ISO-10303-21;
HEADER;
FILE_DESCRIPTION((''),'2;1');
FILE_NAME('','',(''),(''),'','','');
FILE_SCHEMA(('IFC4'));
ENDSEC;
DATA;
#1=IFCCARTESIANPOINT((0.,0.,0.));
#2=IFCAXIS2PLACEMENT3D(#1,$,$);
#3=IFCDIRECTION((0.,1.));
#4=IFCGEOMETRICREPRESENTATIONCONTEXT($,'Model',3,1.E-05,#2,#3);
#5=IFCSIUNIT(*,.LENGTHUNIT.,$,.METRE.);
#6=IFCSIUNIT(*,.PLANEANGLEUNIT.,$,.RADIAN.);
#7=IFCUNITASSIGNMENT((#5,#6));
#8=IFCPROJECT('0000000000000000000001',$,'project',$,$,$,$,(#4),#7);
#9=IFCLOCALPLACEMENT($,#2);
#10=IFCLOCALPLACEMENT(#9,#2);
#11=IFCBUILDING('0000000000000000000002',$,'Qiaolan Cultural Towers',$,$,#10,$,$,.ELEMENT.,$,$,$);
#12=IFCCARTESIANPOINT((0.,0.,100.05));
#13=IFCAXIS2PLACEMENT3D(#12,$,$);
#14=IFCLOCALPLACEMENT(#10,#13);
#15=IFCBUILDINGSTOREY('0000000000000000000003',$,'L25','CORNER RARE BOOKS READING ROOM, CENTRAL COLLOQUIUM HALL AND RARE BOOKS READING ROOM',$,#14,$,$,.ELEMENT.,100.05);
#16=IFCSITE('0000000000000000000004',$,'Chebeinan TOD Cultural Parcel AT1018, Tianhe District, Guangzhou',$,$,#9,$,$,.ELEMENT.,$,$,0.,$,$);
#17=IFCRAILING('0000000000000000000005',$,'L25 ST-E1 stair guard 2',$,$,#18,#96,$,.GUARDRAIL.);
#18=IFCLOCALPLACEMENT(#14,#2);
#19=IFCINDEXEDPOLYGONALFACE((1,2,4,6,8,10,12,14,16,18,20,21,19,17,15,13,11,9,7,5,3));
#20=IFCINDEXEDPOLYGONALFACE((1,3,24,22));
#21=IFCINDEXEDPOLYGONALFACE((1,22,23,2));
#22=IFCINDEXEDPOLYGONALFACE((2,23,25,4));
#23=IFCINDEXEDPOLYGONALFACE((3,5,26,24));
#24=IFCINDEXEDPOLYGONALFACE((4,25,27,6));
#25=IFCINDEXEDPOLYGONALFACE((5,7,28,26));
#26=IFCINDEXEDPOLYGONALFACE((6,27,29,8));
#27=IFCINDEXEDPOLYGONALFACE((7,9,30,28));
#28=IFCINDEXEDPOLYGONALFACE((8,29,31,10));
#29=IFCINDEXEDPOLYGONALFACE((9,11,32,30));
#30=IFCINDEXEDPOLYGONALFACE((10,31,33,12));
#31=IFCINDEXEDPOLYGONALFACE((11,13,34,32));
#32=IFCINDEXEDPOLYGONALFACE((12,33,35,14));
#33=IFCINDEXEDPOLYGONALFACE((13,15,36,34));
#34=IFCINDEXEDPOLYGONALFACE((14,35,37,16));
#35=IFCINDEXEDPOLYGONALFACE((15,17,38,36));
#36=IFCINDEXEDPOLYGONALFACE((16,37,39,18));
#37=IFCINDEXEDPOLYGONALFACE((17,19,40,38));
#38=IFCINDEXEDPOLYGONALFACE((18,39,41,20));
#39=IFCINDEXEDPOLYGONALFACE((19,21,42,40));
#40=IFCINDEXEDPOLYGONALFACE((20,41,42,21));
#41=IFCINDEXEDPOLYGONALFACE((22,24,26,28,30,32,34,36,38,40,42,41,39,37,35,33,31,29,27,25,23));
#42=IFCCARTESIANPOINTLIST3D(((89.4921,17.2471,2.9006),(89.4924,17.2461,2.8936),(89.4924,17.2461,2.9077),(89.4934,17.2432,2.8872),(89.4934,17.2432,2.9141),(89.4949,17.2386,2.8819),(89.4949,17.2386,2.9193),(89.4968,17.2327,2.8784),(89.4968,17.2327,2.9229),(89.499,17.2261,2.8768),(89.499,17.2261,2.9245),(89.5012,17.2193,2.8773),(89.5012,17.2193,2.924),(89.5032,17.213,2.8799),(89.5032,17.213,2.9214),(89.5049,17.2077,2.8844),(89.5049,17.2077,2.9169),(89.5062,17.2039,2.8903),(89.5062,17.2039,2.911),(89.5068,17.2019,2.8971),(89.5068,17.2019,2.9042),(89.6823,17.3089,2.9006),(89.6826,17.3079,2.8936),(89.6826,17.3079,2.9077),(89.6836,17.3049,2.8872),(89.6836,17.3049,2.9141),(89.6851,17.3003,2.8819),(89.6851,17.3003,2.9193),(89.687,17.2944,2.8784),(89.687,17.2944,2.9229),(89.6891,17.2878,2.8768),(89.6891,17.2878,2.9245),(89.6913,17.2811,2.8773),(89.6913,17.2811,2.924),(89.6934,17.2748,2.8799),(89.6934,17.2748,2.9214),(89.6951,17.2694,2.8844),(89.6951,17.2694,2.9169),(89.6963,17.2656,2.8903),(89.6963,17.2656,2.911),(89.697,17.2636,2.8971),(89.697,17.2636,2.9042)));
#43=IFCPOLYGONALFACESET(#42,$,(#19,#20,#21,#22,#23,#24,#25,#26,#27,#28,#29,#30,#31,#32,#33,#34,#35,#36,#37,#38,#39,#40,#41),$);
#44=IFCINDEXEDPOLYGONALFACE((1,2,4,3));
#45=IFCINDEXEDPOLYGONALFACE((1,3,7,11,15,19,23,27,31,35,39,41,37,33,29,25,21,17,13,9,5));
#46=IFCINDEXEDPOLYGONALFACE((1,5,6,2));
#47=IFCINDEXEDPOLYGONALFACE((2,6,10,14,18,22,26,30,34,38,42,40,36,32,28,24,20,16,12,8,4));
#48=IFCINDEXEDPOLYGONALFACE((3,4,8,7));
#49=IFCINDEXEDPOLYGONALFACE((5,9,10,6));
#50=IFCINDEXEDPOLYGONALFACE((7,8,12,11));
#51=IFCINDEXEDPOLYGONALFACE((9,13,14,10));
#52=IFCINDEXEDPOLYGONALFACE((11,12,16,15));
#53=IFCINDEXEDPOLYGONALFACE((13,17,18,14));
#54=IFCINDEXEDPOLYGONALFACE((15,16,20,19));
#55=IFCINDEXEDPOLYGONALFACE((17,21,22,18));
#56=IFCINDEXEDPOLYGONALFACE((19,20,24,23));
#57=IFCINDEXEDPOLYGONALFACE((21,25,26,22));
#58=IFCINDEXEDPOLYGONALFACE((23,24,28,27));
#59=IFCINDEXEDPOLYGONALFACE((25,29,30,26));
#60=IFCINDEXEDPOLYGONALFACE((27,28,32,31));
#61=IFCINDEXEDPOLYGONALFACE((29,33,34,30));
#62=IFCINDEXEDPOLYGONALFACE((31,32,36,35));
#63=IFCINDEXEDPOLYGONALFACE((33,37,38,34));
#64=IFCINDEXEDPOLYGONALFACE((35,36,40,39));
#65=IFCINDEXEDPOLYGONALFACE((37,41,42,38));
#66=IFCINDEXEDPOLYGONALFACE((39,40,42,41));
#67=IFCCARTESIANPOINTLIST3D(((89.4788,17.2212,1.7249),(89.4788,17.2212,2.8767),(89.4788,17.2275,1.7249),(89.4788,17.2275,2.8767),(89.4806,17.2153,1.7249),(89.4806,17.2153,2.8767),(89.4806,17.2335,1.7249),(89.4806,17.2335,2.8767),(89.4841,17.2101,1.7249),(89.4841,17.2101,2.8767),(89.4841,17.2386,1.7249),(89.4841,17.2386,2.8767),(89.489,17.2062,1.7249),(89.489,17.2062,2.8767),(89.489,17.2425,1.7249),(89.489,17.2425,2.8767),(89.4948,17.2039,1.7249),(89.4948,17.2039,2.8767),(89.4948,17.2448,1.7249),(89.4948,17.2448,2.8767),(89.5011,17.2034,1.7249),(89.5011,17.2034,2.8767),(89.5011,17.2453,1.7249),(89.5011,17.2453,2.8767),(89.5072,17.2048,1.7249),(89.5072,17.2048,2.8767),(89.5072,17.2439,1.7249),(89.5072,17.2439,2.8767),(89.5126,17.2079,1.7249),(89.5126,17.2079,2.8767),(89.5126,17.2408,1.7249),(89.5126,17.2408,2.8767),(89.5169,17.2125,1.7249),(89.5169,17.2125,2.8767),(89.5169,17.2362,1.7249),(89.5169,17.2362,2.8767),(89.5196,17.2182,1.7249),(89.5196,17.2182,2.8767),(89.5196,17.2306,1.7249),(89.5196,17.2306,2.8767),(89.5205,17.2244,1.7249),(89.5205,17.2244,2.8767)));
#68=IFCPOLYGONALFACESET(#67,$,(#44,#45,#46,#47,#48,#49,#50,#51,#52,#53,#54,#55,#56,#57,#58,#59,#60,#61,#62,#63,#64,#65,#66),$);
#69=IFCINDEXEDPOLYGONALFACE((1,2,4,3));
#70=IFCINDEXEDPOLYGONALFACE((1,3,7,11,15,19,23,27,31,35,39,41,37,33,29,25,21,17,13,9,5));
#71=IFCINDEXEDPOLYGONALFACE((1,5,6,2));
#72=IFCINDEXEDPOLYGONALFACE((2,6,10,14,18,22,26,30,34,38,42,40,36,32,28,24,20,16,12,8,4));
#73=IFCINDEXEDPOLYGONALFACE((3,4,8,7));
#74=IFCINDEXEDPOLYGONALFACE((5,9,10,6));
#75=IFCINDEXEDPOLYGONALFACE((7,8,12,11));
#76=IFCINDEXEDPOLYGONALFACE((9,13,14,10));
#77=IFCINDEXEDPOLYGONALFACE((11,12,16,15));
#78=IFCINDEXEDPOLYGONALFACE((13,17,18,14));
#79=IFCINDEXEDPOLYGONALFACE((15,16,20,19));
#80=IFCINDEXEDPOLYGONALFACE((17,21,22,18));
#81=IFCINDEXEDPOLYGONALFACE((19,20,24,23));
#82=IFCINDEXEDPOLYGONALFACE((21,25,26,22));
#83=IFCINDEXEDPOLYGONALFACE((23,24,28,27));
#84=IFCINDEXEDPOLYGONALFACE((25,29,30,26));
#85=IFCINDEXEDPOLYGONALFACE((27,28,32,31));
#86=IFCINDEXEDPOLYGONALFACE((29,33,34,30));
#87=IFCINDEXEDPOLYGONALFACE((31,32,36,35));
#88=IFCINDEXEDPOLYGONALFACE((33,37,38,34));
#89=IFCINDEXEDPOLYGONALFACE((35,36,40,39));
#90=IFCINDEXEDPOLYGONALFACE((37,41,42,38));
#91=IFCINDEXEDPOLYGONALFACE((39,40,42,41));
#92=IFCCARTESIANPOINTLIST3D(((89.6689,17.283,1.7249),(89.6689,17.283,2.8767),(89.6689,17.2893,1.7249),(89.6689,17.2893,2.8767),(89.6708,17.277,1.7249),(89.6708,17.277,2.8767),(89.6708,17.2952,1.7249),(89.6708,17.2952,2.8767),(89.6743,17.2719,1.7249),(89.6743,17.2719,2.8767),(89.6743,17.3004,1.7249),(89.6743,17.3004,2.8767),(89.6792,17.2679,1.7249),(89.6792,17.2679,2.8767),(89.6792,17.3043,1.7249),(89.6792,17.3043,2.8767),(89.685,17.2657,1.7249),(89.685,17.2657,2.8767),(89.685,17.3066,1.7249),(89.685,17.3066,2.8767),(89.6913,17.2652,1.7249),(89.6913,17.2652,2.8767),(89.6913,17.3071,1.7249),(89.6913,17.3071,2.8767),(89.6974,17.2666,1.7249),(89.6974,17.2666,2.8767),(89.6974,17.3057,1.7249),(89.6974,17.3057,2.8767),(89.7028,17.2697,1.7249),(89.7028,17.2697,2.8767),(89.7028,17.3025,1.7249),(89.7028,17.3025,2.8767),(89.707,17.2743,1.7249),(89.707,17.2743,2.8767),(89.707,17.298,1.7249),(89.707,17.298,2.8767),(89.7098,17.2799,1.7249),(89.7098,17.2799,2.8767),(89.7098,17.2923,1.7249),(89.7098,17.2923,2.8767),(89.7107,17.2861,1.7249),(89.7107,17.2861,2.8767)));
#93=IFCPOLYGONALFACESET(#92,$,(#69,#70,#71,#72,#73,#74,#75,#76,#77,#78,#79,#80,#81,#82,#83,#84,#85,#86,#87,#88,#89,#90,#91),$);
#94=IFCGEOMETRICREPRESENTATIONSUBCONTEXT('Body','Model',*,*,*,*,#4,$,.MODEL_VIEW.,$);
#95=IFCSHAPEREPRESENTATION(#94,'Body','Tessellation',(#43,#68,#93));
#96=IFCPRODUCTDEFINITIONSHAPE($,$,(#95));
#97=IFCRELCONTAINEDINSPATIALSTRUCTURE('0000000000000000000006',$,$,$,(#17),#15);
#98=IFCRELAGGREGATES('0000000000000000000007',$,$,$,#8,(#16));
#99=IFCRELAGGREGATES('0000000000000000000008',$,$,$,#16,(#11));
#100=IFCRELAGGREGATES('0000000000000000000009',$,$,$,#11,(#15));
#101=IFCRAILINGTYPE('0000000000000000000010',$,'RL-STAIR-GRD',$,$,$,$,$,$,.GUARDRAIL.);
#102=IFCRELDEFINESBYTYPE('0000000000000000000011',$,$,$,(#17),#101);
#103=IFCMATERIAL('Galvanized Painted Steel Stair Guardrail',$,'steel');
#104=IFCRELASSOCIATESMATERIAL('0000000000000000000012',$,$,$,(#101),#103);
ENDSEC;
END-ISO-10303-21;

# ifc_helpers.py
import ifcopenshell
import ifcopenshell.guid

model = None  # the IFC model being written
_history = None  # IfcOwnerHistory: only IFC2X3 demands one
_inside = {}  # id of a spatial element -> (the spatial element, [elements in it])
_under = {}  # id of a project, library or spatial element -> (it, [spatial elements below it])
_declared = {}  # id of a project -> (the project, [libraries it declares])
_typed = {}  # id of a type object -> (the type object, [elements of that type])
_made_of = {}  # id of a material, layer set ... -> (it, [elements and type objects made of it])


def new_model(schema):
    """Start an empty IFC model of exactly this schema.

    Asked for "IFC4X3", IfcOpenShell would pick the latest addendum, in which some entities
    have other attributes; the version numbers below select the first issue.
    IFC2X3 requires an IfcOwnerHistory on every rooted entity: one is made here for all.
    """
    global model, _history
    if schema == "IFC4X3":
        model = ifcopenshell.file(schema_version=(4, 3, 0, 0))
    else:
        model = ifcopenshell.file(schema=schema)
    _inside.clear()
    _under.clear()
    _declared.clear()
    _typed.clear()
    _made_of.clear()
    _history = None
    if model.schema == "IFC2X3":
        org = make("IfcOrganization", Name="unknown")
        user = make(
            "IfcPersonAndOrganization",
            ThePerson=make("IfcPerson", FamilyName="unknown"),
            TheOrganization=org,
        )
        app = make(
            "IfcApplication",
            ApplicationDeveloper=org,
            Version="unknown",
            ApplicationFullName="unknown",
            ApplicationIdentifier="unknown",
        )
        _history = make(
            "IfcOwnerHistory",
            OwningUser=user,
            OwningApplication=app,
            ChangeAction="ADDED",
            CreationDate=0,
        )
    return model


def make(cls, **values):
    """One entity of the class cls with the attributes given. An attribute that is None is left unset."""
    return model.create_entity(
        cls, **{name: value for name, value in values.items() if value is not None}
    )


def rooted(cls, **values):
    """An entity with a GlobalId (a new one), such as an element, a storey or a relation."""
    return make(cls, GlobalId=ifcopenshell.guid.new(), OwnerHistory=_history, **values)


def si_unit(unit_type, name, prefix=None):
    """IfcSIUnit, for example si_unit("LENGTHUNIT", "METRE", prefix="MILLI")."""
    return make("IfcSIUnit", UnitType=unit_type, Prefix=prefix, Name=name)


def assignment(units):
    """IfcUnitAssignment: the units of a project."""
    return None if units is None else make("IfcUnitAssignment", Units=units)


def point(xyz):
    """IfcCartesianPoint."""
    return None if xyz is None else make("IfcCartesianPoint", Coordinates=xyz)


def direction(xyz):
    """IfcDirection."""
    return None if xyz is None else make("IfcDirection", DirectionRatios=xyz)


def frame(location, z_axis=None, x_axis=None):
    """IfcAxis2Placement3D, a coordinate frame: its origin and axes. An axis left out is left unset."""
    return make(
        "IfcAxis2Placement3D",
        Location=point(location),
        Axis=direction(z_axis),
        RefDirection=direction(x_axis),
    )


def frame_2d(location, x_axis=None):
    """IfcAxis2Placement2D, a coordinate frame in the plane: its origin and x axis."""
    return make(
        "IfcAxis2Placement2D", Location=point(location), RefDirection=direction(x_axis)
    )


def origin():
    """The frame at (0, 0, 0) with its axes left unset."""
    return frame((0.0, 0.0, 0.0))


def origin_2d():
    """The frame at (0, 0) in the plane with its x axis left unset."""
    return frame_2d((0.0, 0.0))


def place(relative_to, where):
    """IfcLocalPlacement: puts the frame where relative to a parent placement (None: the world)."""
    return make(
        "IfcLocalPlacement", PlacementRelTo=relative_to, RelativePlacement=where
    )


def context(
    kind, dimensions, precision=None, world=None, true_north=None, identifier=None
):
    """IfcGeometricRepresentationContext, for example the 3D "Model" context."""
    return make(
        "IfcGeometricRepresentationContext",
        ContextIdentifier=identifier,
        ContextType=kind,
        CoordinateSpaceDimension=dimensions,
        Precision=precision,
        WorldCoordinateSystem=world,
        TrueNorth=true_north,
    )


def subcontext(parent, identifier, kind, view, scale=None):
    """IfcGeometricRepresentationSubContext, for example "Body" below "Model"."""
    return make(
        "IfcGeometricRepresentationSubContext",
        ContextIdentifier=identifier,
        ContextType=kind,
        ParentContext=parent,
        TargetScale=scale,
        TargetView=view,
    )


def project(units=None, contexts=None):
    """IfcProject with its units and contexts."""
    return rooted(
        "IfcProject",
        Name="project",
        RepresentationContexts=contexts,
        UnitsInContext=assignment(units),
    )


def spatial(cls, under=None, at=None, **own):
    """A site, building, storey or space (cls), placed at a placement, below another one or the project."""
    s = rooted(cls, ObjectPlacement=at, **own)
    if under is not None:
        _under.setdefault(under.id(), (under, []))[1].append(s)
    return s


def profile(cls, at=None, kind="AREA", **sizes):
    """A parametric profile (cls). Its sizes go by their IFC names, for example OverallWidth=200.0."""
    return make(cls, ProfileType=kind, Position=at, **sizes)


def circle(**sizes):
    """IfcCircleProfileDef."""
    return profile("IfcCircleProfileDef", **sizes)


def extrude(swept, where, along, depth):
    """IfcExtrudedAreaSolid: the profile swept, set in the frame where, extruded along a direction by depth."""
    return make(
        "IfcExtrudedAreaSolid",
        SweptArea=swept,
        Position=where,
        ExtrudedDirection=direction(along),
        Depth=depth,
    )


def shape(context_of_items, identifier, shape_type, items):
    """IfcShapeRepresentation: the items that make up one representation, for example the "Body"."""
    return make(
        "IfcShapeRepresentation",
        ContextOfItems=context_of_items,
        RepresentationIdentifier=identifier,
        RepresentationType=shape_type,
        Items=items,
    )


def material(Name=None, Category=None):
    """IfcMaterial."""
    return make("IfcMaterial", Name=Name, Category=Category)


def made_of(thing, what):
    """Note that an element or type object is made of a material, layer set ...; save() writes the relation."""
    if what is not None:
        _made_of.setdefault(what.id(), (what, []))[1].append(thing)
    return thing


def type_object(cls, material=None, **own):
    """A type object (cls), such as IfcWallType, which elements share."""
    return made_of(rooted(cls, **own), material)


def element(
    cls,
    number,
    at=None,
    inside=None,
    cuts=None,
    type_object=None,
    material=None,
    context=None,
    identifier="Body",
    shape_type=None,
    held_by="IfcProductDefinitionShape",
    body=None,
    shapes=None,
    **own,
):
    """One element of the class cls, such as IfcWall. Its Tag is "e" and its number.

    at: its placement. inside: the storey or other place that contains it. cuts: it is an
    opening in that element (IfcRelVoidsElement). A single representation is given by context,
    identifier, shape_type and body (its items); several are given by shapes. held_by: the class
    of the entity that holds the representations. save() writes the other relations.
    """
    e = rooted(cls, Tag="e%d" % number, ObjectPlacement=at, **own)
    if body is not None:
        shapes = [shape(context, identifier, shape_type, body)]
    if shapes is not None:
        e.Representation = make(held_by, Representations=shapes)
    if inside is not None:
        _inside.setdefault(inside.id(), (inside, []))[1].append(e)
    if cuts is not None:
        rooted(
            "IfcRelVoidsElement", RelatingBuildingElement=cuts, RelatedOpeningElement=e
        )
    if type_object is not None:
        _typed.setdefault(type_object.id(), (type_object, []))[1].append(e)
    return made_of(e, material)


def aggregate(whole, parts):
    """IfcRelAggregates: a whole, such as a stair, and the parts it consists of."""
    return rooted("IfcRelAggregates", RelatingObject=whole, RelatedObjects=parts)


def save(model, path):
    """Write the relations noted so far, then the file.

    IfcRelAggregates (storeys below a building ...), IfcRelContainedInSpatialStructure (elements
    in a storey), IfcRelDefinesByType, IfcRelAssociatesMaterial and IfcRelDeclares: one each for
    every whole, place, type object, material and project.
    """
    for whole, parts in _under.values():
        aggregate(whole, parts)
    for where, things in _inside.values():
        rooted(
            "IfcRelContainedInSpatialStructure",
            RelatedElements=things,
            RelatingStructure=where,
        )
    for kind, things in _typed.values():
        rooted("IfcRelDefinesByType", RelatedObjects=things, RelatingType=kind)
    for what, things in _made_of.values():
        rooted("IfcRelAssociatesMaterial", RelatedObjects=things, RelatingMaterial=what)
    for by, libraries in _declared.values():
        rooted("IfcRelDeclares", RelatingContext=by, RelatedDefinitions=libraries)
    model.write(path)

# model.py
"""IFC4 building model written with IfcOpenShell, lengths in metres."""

from ifc_helpers import new_model, si_unit, direction, frame, origin, origin_2d, place, context, subcontext, project, spatial, circle, extrude, material, type_object, element, save


model = new_model("IFC4")

# Units and contexts
model_context = context("Model", 3, precision=1e-05, world=origin(), true_north=direction((0.0, 1.0)))
body_context = subcontext(model_context, "Body", "Model", "MODEL_VIEW")
ifc_project = project(units=[si_unit("LENGTHUNIT", "METRE"), si_unit("PLANEANGLEUNIT", "RADIAN")], contexts=[model_context])

# Site, building, storey
site_placement = place(None, origin())
site = spatial("IfcSite", under=ifc_project, at=site_placement, Name="Chebeinan TOD Cultural Parcel AT1018, Tianhe District, Guangzhou", CompositionType="ELEMENT", RefElevation=0.0)
building_placement = place(site_placement, origin())
building = spatial("IfcBuilding", under=site, at=building_placement, Name="Qiaolan Cultural Towers", CompositionType="ELEMENT")
storey_placement = place(building_placement, frame((0.0, 0.0, 100.05)))
storey = spatial("IfcBuildingStorey", under=building, at=storey_placement, Name="L25", Description="CORNER RARE BOOKS READING ROOM, CENTRAL COLLOQUIUM HALL AND RARE BOOKS READING ROOM", CompositionType="ELEMENT", Elevation=100.05)

# Railing
ifc_material_1 = material(Name="Galvanized Painted Steel Stair Guardrail", Category="steel")
railing_type_1 = type_object("IfcRailingType", Name="RL-STAIR-GRD", PredefinedType="GUARDRAIL", material=ifc_material_1)
railing_1_placement = place(storey_placement, frame((89.4995, 17.2244, 1.7249)))
element("IfcRailing", 1, at=railing_1_placement, inside=storey, type_object=railing_type_1, Name="L25 ST-E1 stair guard 2", PredefinedType="GUARDRAIL", context=body_context, shape_type="SweptSolid", body=[
    extrude(circle(Radius=0.0239, at=origin_2d()), frame((0.0, 0.0, 1.1758), z_axis=(0.951097, 0.308893, 0.0), x_axis=(-0.308893, 0.951097, 0.0)), (0.0, 0.0, 1.0), 0.2),
    extrude(circle(Radius=0.021, at=origin_2d()), origin(), (0.0, 0.0, 1.0), 1.1519),
    extrude(circle(Radius=0.021, at=origin_2d()), frame((0.1902, 0.0618, 0.0)), (0.0, 0.0, 1.0), 1.1519),
])

save(model, "model.ifc")
